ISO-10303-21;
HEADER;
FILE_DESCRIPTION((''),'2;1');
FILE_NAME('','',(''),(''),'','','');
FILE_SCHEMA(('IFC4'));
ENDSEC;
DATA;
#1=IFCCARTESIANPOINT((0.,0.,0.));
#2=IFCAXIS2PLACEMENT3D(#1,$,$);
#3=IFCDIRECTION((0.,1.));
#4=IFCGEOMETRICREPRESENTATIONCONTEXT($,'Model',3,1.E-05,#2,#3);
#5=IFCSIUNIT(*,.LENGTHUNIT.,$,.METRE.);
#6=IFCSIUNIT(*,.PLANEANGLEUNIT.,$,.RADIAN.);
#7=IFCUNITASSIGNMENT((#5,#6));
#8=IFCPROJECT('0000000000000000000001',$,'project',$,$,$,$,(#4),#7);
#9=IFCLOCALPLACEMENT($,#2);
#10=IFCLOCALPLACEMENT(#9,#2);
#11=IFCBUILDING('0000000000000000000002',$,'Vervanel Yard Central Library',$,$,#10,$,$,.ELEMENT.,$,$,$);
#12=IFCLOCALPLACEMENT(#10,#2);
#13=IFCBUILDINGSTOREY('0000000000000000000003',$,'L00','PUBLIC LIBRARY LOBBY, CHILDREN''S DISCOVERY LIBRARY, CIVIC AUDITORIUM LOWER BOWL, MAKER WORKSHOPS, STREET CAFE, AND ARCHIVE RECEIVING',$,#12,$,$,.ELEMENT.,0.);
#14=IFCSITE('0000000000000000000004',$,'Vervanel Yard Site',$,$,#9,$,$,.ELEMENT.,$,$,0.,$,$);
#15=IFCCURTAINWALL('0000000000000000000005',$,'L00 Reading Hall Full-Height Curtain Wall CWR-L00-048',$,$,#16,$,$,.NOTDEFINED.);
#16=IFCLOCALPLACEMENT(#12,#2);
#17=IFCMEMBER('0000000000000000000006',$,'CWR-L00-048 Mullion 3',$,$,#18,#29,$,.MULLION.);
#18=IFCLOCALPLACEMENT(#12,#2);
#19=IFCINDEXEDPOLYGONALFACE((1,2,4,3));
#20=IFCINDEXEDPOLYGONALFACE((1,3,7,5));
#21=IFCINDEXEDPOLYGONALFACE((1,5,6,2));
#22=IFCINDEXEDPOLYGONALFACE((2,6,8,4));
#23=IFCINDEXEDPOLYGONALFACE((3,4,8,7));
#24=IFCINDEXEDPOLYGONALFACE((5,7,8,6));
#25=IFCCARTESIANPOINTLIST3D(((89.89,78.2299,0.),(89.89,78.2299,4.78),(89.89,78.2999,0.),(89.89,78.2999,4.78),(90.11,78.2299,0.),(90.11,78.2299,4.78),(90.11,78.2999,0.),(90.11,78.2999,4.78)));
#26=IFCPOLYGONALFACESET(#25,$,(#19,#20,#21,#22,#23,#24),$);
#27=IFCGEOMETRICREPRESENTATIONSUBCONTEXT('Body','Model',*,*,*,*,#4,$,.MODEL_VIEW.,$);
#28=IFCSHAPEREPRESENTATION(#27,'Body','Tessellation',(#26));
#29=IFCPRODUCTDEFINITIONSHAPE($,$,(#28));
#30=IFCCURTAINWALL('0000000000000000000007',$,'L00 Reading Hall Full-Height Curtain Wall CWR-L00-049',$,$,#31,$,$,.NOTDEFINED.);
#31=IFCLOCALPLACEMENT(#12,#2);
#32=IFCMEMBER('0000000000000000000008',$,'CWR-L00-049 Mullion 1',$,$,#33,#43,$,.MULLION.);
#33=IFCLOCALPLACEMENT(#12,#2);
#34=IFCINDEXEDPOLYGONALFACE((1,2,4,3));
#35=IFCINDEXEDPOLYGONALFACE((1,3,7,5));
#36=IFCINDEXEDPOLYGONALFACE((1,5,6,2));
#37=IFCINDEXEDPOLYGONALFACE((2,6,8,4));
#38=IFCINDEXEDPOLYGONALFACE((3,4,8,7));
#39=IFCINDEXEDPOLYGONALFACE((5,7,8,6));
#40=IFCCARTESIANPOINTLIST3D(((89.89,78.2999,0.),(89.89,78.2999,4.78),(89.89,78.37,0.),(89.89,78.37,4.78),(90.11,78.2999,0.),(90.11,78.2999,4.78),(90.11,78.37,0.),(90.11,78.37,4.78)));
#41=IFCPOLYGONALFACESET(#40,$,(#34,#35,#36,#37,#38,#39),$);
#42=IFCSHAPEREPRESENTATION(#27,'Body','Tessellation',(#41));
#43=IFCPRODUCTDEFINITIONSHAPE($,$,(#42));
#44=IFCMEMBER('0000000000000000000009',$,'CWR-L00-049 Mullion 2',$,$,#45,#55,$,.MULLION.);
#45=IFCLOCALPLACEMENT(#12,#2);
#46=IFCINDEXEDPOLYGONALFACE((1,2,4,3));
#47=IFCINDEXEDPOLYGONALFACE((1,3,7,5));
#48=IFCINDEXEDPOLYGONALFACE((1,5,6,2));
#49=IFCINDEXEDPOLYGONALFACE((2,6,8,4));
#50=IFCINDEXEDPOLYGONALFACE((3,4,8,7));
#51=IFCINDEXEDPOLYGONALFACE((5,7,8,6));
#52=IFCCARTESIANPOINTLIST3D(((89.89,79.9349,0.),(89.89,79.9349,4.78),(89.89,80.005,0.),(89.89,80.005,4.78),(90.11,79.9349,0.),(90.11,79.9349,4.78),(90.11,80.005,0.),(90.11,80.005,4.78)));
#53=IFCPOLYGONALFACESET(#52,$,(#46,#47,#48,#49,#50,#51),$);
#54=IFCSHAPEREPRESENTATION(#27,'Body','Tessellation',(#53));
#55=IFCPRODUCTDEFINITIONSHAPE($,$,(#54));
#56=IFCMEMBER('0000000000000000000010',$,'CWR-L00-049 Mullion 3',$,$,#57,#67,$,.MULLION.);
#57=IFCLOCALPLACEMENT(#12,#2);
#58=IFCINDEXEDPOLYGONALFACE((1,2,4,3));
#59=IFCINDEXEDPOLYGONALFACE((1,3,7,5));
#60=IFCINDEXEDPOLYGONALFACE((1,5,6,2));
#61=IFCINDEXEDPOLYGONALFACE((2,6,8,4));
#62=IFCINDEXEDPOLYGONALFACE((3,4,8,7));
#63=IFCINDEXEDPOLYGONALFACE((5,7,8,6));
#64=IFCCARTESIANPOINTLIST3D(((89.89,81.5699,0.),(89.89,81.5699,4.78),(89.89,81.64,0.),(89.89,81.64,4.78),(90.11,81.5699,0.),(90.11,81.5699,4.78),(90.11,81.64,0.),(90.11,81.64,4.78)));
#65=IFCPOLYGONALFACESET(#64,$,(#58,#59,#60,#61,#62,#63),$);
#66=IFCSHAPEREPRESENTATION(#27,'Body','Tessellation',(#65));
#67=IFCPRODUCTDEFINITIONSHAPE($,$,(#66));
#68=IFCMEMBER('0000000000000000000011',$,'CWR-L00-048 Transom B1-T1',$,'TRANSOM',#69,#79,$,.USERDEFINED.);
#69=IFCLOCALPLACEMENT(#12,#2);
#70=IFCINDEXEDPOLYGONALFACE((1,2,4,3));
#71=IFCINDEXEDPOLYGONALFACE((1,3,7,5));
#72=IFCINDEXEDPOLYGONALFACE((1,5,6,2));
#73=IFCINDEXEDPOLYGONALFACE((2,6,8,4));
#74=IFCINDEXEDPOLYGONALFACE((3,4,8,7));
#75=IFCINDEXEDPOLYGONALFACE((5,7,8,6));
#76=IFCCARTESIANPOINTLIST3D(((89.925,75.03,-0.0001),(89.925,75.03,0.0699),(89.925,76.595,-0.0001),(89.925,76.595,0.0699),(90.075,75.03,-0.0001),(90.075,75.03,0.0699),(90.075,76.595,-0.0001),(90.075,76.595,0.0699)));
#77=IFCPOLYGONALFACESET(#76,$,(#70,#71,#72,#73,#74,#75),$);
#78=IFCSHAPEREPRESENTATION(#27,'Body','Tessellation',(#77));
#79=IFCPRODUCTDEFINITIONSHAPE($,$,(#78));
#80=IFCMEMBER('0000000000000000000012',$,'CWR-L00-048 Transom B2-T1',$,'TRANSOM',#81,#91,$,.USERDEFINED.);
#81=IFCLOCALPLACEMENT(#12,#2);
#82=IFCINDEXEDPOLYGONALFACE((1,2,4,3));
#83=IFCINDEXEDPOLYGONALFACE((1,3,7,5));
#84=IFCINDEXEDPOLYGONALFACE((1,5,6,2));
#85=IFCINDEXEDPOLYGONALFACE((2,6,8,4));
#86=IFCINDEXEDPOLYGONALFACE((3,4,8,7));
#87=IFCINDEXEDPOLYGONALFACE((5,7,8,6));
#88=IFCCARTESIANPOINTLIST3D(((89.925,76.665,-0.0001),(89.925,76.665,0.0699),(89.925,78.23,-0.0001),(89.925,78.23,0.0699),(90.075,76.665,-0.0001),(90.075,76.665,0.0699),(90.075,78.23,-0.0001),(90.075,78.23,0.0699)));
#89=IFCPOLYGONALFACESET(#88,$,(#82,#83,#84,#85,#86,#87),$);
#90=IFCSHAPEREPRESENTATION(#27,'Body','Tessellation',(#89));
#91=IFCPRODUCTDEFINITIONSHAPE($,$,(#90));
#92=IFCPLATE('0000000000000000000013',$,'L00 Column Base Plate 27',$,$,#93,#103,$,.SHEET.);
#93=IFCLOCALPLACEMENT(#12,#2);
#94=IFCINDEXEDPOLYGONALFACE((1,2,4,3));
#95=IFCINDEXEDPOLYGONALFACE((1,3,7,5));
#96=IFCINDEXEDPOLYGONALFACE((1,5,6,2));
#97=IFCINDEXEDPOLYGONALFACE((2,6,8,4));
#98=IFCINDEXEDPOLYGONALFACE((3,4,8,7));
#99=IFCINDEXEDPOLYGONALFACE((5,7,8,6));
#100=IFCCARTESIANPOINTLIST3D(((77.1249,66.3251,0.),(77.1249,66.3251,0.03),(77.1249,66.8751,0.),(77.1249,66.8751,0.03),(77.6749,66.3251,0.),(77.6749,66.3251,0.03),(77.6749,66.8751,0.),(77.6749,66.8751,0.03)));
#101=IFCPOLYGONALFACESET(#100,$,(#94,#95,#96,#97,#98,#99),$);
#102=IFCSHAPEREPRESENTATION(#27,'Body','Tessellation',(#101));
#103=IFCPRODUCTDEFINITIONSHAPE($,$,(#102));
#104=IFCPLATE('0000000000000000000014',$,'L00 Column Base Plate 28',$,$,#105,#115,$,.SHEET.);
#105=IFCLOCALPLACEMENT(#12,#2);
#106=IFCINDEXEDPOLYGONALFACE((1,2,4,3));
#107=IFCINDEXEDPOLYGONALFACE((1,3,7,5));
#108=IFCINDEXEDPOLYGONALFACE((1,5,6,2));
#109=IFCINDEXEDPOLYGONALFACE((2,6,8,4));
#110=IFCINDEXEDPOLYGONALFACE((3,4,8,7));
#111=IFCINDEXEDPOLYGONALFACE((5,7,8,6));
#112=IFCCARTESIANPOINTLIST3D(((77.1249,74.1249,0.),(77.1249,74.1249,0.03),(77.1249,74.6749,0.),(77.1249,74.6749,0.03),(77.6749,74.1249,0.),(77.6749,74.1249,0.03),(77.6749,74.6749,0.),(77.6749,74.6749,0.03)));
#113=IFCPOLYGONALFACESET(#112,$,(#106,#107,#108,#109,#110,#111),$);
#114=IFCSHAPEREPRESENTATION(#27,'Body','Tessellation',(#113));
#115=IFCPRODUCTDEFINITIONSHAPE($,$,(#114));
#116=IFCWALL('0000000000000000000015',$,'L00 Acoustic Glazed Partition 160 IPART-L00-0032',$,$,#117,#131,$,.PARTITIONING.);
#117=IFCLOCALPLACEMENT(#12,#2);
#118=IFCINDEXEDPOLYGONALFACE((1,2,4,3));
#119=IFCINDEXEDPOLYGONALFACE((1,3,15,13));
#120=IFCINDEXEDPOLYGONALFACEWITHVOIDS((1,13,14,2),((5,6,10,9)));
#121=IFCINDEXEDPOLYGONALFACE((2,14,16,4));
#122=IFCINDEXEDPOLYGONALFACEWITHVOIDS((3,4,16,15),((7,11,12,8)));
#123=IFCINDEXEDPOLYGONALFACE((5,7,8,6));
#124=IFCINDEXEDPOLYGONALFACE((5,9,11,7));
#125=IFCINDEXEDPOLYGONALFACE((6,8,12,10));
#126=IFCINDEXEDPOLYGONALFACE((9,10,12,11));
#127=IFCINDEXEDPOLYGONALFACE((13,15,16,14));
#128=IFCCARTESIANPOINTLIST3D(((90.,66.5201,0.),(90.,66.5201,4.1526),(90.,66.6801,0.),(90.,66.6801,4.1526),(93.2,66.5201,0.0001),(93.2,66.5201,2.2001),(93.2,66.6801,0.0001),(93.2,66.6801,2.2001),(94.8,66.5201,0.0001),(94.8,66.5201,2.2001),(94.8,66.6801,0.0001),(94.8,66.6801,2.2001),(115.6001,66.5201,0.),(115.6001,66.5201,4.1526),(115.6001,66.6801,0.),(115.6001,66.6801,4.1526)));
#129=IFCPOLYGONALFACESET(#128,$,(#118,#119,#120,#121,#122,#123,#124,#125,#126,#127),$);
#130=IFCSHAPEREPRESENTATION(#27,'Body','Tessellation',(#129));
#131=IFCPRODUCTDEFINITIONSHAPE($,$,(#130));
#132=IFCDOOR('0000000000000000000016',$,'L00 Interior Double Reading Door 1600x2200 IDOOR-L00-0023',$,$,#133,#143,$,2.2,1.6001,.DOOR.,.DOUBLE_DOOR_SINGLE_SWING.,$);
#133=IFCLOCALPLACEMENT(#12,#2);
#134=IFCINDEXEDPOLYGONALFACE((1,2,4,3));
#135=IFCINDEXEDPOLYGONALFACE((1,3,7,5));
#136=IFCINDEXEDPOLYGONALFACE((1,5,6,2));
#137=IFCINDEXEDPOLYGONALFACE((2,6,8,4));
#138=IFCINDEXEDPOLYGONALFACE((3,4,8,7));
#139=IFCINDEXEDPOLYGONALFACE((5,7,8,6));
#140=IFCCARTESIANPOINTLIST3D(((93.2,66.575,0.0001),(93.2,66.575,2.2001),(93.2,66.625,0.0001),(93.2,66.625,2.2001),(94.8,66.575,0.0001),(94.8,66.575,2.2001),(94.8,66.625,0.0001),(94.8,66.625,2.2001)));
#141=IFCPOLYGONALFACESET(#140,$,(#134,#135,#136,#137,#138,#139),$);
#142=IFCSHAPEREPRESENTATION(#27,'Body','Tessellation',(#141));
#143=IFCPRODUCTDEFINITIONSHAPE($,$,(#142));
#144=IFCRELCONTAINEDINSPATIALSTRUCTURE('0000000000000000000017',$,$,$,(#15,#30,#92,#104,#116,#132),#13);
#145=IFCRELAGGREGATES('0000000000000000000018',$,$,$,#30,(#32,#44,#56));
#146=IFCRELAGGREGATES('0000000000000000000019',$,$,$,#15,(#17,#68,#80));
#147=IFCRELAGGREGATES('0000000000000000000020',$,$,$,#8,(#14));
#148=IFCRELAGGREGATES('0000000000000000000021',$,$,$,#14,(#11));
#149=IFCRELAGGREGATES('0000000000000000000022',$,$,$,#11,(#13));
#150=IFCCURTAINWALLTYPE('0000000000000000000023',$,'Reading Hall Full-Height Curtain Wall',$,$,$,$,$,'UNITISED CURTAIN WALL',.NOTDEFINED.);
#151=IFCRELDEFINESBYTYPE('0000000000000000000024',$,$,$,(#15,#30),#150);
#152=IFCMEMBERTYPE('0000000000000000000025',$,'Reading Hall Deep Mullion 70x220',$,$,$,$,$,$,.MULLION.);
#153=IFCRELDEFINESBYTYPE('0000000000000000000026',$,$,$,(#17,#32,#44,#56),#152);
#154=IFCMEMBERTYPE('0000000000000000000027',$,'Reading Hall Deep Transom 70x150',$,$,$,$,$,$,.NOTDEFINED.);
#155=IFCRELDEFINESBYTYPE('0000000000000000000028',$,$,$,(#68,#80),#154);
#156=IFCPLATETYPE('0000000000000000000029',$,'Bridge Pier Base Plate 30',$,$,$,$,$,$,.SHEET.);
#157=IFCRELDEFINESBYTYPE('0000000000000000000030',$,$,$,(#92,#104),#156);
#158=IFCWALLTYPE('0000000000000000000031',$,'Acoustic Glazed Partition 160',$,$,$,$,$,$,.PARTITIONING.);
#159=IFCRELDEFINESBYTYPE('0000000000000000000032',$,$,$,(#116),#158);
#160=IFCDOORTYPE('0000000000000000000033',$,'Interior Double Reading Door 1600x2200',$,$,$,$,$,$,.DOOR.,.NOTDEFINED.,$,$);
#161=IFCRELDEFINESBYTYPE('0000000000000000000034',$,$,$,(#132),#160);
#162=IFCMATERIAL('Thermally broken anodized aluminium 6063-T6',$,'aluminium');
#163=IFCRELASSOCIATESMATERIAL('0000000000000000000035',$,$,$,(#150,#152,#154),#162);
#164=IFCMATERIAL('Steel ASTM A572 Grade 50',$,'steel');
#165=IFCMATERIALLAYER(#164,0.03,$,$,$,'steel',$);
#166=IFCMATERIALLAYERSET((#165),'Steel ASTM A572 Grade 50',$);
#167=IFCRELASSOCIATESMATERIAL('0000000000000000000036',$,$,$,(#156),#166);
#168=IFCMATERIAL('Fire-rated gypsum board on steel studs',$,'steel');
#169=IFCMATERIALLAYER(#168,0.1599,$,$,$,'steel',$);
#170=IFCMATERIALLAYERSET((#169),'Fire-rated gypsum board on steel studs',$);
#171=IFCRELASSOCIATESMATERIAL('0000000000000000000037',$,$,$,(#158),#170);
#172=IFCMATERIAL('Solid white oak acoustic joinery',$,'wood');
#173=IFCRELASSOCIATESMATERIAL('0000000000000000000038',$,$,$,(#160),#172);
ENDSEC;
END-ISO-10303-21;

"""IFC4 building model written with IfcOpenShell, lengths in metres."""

from ifc_helpers import new_model, si_unit, direction, frame, frame_2d, origin, origin_2d, place, context, subcontext, project, spatial, rectangle, extrude, material, layer, layer_set, material_profile, profile_set, type_object, element, fill, aggregate, save


model = new_model("IFC4")

# Units and contexts
model_context = context("Model", 3, precision=1e-05, world=origin(), true_north=direction((0.0, 1.0)))
body_context = subcontext(model_context, "Body", "Model", "MODEL_VIEW")
ifc_project = project(units=[si_unit("LENGTHUNIT", "METRE"), si_unit("PLANEANGLEUNIT", "RADIAN")], contexts=[model_context])

# Site, building, storey
site_placement = place(None, origin())
site = spatial("IfcSite", under=ifc_project, at=site_placement, Name="Vervanel Yard Site", CompositionType="ELEMENT", RefElevation=0.0)
building_placement = place(site_placement, origin())
building = spatial("IfcBuilding", under=site, at=building_placement, Name="Vervanel Yard Central Library", CompositionType="ELEMENT")
storey_placement = place(building_placement, origin())
storey = spatial("IfcBuildingStorey", under=building, at=storey_placement, Name="L00", Description="PUBLIC LIBRARY LOBBY, CHILDREN'S DISCOVERY LIBRARY, CIVIC AUDITORIUM LOWER BOWL, MAKER WORKSHOPS, STREET CAFE, AND ARCHIVE RECEIVING", CompositionType="ELEMENT", Elevation=0.0)

# Curtain walls, members
ifc_material_1 = material(Name="Thermally broken anodized aluminium 6063-T6", Category="aluminium")
curtain_wall_type = type_object("IfcCurtainWallType", Name="Reading Hall Full-Height Curtain Wall", ElementType="UNITISED CURTAIN WALL", PredefinedType="NOTDEFINED", material=ifc_material_1)
curtain_wall_1_placement = place(storey_placement, origin())
curtain_wall_1 = element("IfcCurtainWall", 1, at=curtain_wall_1_placement, inside=storey, type_object=curtain_wall_type, Name="L00 Reading Hall Full-Height Curtain Wall CWR-L00-048", PredefinedType="NOTDEFINED")
ifc_material_profile_1 = material_profile(ifc_material_1, rectangle(XDim=0.0701, YDim=0.22, at=origin_2d()), Name="ALU 70x220", Category="aluminium")
ifc_profile_set_1 = profile_set([ifc_material_profile_1], Name="Thermally broken anodized aluminium 6063-T6")
member_type_1 = type_object("IfcMemberType", Name="Reading Hall Deep Mullion 70x220", PredefinedType="MULLION", material=ifc_profile_set_1)
member_1_placement = place(storey_placement, frame((90.0, 78.2649, 0.0), z_axis=(0.0, 0.0, 1.0), x_axis=(0.0, 1.0, 0.0)))
member_1 = element("IfcMember", 2, at=member_1_placement, type_object=member_type_1, Name="CWR-L00-048 Mullion 3", PredefinedType="MULLION", context=body_context, shape_type="SweptSolid", body=[
    extrude(rectangle(XDim=0.0701, YDim=0.22, at=origin_2d()), origin(), (0.0, 0.0, 1.0), 4.78),
])
curtain_wall_2_placement = place(storey_placement, origin())
curtain_wall_2 = element("IfcCurtainWall", 3, at=curtain_wall_2_placement, inside=storey, type_object=curtain_wall_type, Name="L00 Reading Hall Full-Height Curtain Wall CWR-L00-049", PredefinedType="NOTDEFINED")
member_2_placement = place(storey_placement, frame((90.0, 78.335, 0.0), z_axis=(0.0, 0.0, 1.0), x_axis=(0.0, 1.0, 0.0)))
member_2 = element("IfcMember", 4, at=member_2_placement, type_object=member_type_1, Name="CWR-L00-049 Mullion 1", PredefinedType="MULLION", context=body_context, shape_type="SweptSolid", body=[
    extrude(rectangle(XDim=0.0701, YDim=0.22, at=origin_2d()), origin(), (0.0, 0.0, 1.0), 4.78),
])
member_3_placement = place(storey_placement, frame((90.0, 79.97, 0.0), z_axis=(0.0, 0.0, 1.0), x_axis=(0.0, 1.0, 0.0)))
member_3 = element("IfcMember", 5, at=member_3_placement, type_object=member_type_1, Name="CWR-L00-049 Mullion 2", PredefinedType="MULLION", context=body_context, shape_type="SweptSolid", body=[
    extrude(rectangle(XDim=0.0701, YDim=0.22, at=origin_2d()), origin(), (0.0, 0.0, 1.0), 4.78),
])
member_4_placement = place(storey_placement, frame((90.0, 81.605, 0.0), z_axis=(0.0, 0.0, 1.0), x_axis=(0.0, 1.0, 0.0)))
member_4 = element("IfcMember", 6, at=member_4_placement, type_object=member_type_1, Name="CWR-L00-049 Mullion 3", PredefinedType="MULLION", context=body_context, shape_type="SweptSolid", body=[
    extrude(rectangle(XDim=0.0701, YDim=0.22, at=origin_2d()), origin(), (0.0, 0.0, 1.0), 4.78),
])
aggregate(curtain_wall_2, [member_2, member_3, member_4])

# Members
ifc_material_profile_2 = material_profile(ifc_material_1, rectangle(XDim=0.0701, YDim=0.1499, at=origin_2d()), Name="ALU 70x150", Category="aluminium")
ifc_profile_set_2 = profile_set([ifc_material_profile_2], Name="Thermally broken anodized aluminium 6063-T6")
member_type_2 = type_object("IfcMemberType", Name="Reading Hall Deep Transom 70x150", PredefinedType="NOTDEFINED", material=ifc_profile_set_2)
member_5_placement = place(storey_placement, frame((90.0, 75.03, 0.0349), z_axis=(0.0, 1.0, 0.0), x_axis=(0.0, 0.0, 1.0)))
member_5 = element("IfcMember", 7, at=member_5_placement, type_object=member_type_2, Name="CWR-L00-048 Transom B1-T1", ObjectType="TRANSOM", PredefinedType="USERDEFINED", context=body_context, shape_type="SweptSolid", body=[
    extrude(rectangle(XDim=0.0701, YDim=0.1499, at=origin_2d()), origin(), (0.0, 0.0, 1.0), 1.5649),
])
member_6_placement = place(storey_placement, frame((90.0, 76.665, 0.0349), z_axis=(0.0, 1.0, 0.0), x_axis=(0.0, 0.0, 1.0)))
member_6 = element("IfcMember", 8, at=member_6_placement, type_object=member_type_2, Name="CWR-L00-048 Transom B2-T1", ObjectType="TRANSOM", PredefinedType="USERDEFINED", context=body_context, shape_type="SweptSolid", body=[
    extrude(rectangle(XDim=0.0701, YDim=0.1499, at=origin_2d()), origin(), (0.0, 0.0, 1.0), 1.5649),
])
aggregate(curtain_wall_1, [member_1, member_5, member_6])

# Plates
ifc_material_2 = material(Name="Steel ASTM A572 Grade 50", Category="steel")
ifc_layer_1 = layer(ifc_material_2, 0.03, Category="steel")
ifc_layer_set_1 = layer_set([ifc_layer_1], Name="Steel ASTM A572 Grade 50")
plate_type = type_object("IfcPlateType", Name="Bridge Pier Base Plate 30", PredefinedType="SHEET", material=ifc_layer_set_1)
for number, where, z_axis, x_axis, name in (
    (9, (77.3999, 66.6001, 0.0), (0.0, 0.0, 1.0), (1.0, 0.0, 0.0), "L00 Column Base Plate 27"),
    (10, (77.3999, 74.3999, 0.0), (0.0, 0.0, 1.0), (1.0, 0.0, 0.0), "L00 Column Base Plate 28"),
):
    element("IfcPlate", number, at=place(storey_placement, frame(where, z_axis=z_axis, x_axis=x_axis)), inside=storey, type_object=plate_type, Name=name, PredefinedType="SHEET", context=body_context, shape_type="SweptSolid", body=[
        extrude(rectangle(XDim=0.55, YDim=0.55, at=origin_2d()), origin(), (0.0, 0.0, 1.0), 0.03),
    ])

# Wall, opening, door
ifc_material_3 = material(Name="Fire-rated gypsum board on steel studs", Category="steel")
ifc_layer_2 = layer(ifc_material_3, 0.1599, Category="steel")
ifc_layer_set_2 = layer_set([ifc_layer_2], Name="Fire-rated gypsum board on steel studs")
wall_type_1 = type_object("IfcWallType", Name="Acoustic Glazed Partition 160", PredefinedType="PARTITIONING", material=ifc_layer_set_2)
wall_1_placement = place(storey_placement, frame((90.0, 66.6001, 0.0), z_axis=(0.0, 0.0, 1.0), x_axis=(1.0, 0.0, 0.0)))
wall_1 = element("IfcWall", 11, at=wall_1_placement, inside=storey, type_object=wall_type_1, Name="L00 Acoustic Glazed Partition 160 IPART-L00-0032", PredefinedType="PARTITIONING", context=body_context, shape_type="SweptSolid", body=[
    extrude(rectangle(XDim=25.6001, YDim=0.1599, at=frame_2d((12.8, 0.0))), origin(), (0.0, 0.0, 1.0), 4.1526),
])
opening_1_placement = place(wall_1_placement, frame((3.2, 0.0, 0.0)))
opening_1 = element("IfcOpeningElement", 12, at=opening_1_placement, cuts=wall_1, PredefinedType="OPENING", context=body_context, shape_type="SweptSolid", body=[
    extrude(rectangle(XDim=1.6001, YDim=2.2, at=frame_2d((0.8, 1.1001))), frame((0.0, 0.0898, 0.0), z_axis=(0.0, -1.0, 0.0), x_axis=(1.0, 0.0, 0.0)), (0.0, 0.0, 1.0), 0.1799),
])
ifc_material_4 = material(Name="Solid white oak acoustic joinery", Category="wood")
door_type = type_object("IfcDoorType", Name="Interior Double Reading Door 1600x2200", OperationType="NOTDEFINED", PredefinedType="DOOR", material=ifc_material_4)
door_placement = place(opening_1_placement, origin())
door = element("IfcDoor", 13, at=door_placement, inside=storey, type_object=door_type, Name="L00 Interior Double Reading Door 1600x2200 IDOOR-L00-0023", OperationType="DOUBLE_DOOR_SINGLE_SWING", OverallHeight=2.2, OverallWidth=1.6001, PredefinedType="DOOR", context=body_context, shape_type="SweptSolid", body=[
    extrude(rectangle(XDim=1.6001, YDim=2.2, at=frame_2d((0.8, 1.1001))), frame((0.0, 0.0249, 0.0), z_axis=(0.0, -1.0, 0.0), x_axis=(1.0, 0.0, 0.0)), (0.0, 0.0, 1.0), 0.05),
])
fill(opening_1, door)

save(model, "model.ifc")
